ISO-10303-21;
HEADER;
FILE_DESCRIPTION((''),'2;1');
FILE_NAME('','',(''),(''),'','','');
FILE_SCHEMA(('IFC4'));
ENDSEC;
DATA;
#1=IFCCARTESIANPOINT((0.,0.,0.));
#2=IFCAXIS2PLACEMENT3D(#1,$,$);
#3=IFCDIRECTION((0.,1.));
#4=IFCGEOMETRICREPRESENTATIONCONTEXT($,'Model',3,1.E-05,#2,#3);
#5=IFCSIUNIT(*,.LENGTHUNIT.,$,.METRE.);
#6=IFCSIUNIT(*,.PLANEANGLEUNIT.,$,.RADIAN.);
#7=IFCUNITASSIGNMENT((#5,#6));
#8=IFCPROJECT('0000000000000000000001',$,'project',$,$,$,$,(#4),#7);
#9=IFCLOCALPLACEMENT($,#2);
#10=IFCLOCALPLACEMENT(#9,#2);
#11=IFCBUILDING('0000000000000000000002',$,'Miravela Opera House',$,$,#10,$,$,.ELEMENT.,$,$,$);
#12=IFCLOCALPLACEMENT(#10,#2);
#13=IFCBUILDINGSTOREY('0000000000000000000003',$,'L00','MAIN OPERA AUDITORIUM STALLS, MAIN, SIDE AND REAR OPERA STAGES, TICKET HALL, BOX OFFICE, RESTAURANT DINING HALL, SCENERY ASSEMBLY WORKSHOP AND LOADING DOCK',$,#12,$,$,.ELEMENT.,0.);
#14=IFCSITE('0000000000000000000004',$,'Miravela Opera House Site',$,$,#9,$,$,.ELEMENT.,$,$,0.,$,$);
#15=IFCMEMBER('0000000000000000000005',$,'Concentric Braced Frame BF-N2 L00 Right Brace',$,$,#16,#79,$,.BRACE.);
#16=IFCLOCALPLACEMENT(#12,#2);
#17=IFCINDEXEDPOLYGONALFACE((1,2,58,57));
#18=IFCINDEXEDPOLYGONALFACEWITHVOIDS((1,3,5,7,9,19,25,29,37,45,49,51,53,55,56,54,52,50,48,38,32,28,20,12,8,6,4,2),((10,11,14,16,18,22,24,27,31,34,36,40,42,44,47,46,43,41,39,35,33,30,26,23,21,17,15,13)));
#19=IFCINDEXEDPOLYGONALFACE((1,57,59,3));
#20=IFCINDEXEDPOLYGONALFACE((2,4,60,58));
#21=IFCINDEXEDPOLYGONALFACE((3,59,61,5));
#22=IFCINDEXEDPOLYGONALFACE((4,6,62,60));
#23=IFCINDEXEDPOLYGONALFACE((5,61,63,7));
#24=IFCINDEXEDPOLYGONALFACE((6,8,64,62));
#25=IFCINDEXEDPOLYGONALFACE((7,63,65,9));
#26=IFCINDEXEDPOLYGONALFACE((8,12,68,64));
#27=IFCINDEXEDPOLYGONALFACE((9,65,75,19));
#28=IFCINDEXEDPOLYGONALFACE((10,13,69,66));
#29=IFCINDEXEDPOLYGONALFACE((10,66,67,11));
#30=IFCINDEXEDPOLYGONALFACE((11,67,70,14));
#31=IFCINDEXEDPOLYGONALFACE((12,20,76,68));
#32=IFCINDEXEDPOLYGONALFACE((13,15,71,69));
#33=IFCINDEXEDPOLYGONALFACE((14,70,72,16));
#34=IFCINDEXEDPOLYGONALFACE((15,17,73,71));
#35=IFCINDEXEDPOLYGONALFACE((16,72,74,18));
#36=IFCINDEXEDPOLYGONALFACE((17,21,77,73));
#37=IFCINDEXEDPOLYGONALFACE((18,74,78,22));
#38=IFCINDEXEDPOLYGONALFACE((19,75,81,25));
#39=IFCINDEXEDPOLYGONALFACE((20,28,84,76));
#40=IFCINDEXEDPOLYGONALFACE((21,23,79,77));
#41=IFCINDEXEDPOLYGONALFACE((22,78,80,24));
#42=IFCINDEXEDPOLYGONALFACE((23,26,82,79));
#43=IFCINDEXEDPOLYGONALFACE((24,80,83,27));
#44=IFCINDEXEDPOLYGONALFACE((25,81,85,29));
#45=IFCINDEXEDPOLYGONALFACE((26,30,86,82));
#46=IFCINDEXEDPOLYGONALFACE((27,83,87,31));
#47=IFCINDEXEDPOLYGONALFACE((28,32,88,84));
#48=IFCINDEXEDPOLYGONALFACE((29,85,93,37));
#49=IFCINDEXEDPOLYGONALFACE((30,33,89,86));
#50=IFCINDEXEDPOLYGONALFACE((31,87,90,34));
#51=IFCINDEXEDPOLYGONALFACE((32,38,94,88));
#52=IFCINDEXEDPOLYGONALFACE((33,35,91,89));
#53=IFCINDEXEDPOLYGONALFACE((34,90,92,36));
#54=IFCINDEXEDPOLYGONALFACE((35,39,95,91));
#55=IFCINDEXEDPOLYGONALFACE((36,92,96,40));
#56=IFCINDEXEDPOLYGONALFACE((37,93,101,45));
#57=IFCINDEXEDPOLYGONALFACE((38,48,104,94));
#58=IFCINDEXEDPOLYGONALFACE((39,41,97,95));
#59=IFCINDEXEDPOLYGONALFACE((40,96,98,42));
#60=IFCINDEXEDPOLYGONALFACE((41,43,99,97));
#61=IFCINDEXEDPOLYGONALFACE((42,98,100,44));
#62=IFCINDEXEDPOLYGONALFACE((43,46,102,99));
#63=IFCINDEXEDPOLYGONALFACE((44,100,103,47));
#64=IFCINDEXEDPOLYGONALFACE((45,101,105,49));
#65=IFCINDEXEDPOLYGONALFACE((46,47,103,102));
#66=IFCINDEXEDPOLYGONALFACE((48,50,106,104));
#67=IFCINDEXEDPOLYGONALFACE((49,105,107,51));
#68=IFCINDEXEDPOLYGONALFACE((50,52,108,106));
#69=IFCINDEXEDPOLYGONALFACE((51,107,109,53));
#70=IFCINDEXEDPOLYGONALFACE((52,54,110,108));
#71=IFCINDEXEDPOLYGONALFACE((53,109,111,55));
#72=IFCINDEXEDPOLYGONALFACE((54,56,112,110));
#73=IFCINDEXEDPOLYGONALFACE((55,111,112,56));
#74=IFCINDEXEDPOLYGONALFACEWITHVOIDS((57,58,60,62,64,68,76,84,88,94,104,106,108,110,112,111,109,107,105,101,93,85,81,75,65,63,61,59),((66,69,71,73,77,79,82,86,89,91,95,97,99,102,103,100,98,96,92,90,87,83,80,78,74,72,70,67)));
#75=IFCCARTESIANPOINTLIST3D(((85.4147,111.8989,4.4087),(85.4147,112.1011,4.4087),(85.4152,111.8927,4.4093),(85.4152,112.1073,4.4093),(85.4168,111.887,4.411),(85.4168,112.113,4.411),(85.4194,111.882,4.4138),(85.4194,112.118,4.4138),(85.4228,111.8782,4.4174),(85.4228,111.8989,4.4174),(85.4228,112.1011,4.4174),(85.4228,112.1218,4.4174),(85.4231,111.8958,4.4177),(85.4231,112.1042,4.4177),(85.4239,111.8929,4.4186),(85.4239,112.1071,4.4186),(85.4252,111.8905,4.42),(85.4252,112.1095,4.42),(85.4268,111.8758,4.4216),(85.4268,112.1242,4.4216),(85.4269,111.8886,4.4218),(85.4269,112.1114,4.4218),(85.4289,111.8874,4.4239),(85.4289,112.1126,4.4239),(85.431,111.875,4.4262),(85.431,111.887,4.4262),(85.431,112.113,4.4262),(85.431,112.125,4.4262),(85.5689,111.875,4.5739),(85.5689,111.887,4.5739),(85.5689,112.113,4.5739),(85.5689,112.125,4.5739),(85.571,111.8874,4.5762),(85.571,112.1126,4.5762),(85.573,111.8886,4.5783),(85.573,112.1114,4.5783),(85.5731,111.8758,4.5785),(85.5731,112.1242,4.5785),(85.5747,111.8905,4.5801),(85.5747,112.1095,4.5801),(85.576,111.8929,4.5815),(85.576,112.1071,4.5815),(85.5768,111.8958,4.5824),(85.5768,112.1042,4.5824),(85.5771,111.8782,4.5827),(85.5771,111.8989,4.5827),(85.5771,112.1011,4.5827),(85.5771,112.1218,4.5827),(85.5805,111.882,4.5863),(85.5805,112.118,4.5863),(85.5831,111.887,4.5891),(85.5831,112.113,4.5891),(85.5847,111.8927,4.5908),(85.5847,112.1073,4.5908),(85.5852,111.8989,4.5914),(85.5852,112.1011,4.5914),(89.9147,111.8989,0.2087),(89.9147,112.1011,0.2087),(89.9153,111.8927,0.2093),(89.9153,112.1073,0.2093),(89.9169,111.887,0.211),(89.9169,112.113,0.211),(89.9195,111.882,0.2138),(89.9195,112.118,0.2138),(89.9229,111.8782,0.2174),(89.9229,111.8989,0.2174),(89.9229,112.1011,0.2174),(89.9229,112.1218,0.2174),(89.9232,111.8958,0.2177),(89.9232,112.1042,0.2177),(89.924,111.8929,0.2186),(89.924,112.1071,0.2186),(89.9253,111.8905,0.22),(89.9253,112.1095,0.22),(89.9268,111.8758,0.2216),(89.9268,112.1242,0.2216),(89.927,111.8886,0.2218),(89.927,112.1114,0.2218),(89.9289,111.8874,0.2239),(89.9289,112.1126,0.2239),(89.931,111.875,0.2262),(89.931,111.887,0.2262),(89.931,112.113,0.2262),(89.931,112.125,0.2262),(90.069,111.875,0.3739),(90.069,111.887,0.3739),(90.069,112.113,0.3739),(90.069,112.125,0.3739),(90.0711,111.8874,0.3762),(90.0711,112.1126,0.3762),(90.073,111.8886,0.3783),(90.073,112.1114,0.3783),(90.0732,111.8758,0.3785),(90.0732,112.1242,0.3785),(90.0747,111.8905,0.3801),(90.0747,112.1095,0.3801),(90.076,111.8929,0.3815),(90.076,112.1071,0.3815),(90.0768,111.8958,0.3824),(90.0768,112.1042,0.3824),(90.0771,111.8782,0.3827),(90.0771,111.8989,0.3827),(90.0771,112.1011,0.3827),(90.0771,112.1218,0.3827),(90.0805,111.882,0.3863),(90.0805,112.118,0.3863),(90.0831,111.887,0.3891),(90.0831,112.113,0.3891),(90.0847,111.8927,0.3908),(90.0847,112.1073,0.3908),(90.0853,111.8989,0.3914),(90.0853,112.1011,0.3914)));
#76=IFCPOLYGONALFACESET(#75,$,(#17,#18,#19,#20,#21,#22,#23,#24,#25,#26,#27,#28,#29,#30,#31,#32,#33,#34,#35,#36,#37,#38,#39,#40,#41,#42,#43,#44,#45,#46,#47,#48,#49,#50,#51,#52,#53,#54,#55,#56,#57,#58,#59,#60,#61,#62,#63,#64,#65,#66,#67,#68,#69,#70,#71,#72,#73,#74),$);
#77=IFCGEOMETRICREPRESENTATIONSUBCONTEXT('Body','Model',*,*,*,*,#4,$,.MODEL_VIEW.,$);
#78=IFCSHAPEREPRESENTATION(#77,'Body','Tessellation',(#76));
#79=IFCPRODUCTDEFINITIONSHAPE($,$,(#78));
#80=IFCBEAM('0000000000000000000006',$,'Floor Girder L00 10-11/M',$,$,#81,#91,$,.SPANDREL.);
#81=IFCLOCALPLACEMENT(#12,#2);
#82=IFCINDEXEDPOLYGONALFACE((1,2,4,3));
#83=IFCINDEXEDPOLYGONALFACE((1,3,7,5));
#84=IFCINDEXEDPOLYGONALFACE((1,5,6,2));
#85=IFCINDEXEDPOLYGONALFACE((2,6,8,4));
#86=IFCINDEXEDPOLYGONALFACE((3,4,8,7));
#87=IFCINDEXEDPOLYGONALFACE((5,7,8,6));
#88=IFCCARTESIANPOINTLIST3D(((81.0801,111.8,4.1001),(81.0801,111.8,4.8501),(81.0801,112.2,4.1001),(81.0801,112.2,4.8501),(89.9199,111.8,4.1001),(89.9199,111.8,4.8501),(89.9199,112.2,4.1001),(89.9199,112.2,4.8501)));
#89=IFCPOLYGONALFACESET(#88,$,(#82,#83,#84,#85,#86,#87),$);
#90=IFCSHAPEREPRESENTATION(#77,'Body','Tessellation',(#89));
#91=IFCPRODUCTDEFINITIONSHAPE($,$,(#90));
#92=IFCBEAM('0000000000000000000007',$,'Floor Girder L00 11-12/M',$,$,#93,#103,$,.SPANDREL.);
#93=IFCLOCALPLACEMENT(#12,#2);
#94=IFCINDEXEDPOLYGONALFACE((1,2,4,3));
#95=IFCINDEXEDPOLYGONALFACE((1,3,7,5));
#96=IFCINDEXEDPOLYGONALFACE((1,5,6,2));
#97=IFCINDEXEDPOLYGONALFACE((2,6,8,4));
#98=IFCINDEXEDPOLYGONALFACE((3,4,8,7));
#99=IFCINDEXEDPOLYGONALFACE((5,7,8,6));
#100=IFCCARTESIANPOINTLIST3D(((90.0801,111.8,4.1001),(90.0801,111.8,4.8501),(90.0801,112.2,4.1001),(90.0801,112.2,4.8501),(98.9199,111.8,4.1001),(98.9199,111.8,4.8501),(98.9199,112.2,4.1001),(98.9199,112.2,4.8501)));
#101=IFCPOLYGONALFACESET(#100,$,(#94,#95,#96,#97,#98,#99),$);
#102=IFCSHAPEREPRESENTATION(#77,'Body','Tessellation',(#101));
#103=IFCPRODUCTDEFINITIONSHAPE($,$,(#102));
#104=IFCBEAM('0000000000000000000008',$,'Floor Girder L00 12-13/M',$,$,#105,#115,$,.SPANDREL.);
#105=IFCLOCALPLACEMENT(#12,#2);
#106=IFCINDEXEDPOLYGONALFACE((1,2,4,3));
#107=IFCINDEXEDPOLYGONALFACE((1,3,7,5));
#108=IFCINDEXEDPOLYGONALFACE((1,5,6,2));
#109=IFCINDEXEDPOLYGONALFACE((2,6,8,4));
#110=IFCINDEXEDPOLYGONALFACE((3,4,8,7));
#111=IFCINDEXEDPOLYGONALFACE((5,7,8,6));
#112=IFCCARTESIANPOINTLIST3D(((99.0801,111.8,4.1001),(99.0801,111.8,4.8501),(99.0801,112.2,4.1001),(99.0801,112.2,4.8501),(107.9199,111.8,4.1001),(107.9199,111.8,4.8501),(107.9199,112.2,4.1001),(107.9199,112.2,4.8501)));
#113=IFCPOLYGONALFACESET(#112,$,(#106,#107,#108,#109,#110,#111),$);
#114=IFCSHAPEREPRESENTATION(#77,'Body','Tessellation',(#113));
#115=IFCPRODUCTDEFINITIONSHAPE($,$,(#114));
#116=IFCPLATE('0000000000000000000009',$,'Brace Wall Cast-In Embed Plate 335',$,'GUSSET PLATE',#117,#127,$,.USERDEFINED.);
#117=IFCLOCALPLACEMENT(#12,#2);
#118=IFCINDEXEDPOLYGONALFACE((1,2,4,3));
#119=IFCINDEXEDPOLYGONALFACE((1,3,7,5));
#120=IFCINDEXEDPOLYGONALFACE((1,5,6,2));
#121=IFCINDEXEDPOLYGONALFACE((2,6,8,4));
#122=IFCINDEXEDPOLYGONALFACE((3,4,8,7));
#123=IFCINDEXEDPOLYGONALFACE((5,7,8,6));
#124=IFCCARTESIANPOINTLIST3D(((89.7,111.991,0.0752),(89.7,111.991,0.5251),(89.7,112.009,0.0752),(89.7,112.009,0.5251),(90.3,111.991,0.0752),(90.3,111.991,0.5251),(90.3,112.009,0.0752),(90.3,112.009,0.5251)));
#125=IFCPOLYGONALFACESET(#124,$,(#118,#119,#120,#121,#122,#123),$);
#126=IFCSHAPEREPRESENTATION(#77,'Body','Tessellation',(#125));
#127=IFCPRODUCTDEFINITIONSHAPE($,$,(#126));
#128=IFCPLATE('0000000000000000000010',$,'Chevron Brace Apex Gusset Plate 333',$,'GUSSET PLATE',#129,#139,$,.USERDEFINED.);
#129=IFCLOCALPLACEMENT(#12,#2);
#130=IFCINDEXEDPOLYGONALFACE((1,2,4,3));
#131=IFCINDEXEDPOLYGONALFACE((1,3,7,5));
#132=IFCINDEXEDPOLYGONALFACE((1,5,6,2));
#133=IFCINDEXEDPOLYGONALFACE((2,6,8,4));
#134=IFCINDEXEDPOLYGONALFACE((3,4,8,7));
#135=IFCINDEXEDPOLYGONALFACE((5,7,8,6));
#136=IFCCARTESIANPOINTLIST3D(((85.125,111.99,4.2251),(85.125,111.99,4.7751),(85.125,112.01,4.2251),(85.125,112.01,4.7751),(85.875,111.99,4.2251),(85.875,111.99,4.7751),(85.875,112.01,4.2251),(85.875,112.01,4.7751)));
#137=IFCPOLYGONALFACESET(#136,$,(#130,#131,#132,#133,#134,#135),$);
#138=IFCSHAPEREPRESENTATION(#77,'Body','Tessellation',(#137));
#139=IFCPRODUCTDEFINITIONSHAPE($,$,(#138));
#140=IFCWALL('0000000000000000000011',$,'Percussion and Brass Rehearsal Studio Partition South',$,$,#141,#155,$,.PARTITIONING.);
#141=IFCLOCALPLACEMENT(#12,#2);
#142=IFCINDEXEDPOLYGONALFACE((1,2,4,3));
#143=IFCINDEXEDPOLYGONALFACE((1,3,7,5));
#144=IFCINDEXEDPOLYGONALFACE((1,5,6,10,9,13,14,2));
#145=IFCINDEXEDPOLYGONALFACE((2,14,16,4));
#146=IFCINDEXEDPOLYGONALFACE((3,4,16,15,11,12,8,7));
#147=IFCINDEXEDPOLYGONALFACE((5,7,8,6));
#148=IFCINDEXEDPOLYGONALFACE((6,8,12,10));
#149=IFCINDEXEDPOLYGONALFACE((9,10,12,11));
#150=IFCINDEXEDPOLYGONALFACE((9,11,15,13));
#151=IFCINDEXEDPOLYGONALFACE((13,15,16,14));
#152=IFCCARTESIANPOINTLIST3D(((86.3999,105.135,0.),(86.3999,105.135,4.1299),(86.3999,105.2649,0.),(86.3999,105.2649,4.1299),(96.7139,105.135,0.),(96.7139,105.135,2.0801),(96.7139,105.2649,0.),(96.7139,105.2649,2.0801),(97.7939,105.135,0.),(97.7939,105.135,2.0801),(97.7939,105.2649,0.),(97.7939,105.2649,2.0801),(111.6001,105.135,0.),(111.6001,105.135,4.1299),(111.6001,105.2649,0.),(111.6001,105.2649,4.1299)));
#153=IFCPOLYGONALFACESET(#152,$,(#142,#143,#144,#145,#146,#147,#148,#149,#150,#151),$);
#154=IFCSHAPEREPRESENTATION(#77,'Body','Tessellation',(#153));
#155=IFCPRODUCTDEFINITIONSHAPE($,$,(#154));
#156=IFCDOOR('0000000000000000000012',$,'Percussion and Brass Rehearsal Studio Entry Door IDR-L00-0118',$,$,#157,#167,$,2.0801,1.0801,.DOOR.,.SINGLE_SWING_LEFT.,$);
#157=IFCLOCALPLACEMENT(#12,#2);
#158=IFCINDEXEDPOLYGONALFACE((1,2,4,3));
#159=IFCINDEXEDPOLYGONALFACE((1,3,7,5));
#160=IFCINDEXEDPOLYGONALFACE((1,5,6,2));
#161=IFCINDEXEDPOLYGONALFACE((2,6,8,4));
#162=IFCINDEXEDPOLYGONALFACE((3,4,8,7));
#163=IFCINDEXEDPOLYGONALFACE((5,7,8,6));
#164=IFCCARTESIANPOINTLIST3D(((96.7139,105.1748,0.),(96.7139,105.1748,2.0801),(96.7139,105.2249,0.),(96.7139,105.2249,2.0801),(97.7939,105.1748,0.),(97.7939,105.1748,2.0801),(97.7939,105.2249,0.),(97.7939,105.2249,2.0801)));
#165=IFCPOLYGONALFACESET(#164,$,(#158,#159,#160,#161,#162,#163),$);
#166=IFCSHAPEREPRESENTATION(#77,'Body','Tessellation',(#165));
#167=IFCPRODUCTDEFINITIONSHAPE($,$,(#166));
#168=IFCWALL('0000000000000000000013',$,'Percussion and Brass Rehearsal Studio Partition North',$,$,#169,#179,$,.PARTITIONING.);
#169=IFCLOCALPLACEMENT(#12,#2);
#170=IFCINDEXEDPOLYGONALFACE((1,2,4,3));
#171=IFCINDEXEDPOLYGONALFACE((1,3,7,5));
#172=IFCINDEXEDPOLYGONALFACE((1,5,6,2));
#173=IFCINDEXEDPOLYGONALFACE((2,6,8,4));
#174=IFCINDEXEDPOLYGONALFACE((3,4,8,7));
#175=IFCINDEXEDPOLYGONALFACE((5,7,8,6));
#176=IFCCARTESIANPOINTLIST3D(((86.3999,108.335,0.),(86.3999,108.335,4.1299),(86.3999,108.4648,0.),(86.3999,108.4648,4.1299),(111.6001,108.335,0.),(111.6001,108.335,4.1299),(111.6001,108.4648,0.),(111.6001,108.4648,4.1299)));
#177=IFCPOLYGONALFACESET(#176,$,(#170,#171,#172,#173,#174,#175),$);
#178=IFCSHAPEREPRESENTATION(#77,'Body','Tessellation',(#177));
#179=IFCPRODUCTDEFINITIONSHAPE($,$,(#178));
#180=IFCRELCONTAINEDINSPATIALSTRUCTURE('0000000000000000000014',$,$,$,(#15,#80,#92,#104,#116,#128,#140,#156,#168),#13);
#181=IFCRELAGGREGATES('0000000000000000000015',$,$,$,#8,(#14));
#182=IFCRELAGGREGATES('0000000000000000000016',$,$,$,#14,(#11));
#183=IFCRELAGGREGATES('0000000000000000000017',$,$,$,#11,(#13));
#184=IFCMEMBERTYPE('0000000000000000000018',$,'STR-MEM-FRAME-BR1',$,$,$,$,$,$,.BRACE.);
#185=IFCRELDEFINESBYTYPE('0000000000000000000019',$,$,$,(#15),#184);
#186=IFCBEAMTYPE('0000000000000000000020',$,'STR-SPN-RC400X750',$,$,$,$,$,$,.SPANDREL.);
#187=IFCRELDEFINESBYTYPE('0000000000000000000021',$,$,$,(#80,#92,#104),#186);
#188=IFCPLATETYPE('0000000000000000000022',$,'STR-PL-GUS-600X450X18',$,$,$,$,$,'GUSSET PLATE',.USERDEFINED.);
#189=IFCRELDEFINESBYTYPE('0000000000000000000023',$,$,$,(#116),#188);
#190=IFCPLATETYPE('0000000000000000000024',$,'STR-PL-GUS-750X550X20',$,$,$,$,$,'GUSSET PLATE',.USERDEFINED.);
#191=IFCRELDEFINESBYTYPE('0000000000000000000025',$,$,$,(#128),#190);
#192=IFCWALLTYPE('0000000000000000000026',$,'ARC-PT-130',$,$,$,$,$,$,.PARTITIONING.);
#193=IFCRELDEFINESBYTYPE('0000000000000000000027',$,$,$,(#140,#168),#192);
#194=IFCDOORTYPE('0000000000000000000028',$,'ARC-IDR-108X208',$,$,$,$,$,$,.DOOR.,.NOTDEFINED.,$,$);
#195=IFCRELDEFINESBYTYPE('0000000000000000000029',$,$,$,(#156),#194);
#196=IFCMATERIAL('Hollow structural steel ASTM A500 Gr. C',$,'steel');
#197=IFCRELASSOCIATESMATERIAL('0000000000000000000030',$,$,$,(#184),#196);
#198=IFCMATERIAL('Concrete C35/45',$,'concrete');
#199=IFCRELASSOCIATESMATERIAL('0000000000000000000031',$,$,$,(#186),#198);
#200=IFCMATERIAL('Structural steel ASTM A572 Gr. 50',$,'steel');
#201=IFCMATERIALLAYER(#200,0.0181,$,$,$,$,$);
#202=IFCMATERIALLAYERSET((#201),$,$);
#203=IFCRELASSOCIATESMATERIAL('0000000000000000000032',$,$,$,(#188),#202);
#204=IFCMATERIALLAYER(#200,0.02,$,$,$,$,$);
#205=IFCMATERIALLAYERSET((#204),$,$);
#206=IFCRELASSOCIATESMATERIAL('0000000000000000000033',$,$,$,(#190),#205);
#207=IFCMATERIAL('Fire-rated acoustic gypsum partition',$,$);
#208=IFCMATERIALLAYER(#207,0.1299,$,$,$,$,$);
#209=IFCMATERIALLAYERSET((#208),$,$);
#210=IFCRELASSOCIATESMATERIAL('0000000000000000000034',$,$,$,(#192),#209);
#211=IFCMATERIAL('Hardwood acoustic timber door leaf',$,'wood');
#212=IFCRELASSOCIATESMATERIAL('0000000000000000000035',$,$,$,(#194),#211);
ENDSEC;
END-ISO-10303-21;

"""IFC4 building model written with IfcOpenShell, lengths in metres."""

from ifc_helpers import new_model, si_unit, direction, frame, frame_2d, origin, origin_2d, place, context, subcontext, project, spatial, rectangle, hollow_rectangle, extrude, material, layer, layer_set, material_profile, profile_set, type_object, element, fill, save


model = new_model("IFC4")

# Units and contexts
model_context = context("Model", 3, precision=1e-05, world=origin(), true_north=direction((0.0, 1.0)))
body_context = subcontext(model_context, "Body", "Model", "MODEL_VIEW")
ifc_project = project(units=[si_unit("LENGTHUNIT", "METRE"), si_unit("PLANEANGLEUNIT", "RADIAN")], contexts=[model_context])

# Site, building, storey
site_placement = place(None, origin())
site = spatial("IfcSite", under=ifc_project, at=site_placement, Name="Miravela Opera House Site", CompositionType="ELEMENT", RefElevation=0.0)
building_placement = place(site_placement, origin())
building = spatial("IfcBuilding", under=site, at=building_placement, Name="Miravela Opera House", CompositionType="ELEMENT")
storey_placement = place(building_placement, origin())
storey = spatial("IfcBuildingStorey", under=building, at=storey_placement, Name="L00", Description="MAIN OPERA AUDITORIUM STALLS, MAIN, SIDE AND REAR OPERA STAGES, TICKET HALL, BOX OFFICE, RESTAURANT DINING HALL, SCENERY ASSEMBLY WORKSHOP AND LOADING DOCK", CompositionType="ELEMENT", Elevation=0.0)

# Shared definitions
ifc_material_1 = material(Name="Hollow structural steel ASTM A500 Gr. C", Category="steel")

# Member
ifc_material_profile_1 = material_profile(ifc_material_1, hollow_rectangle(XDim=0.25, YDim=0.25, WallThickness=0.012, InnerFilletRadius=0.012, OuterFilletRadius=0.0239, at=origin_2d()), Name="HSS250X250X12")
ifc_profile_set_1 = profile_set([ifc_material_profile_1])
member_type = type_object("IfcMemberType", Name="STR-MEM-FRAME-BR1", PredefinedType="BRACE", material=ifc_profile_set_1)
member_placement = place(storey_placement, frame((90.0, 112.0, 0.3), z_axis=(-0.731059, 0.0, 0.682314), x_axis=(0.0, -1.0, 0.0)))
element("IfcMember", 1, at=member_placement, inside=storey, type_object=member_type, Name="Concentric Braced Frame BF-N2 L00 Right Brace", PredefinedType="BRACE", context=body_context, shape_type="SweptSolid", body=[
    extrude(hollow_rectangle(XDim=0.25, YDim=0.25, WallThickness=0.012, InnerFilletRadius=0.012, OuterFilletRadius=0.0239, at=origin_2d()), origin(), (0.0, 0.0, 1.0), 6.1555),
])

# Beams
ifc_material_2 = material(Name="Concrete C35/45", Category="concrete")
ifc_material_profile_2 = material_profile(ifc_material_2, rectangle(XDim=0.3999, YDim=0.75, at=origin_2d()), Name="RC-SPN-400X750")
ifc_profile_set_2 = profile_set([ifc_material_profile_2])
beam_type_1 = type_object("IfcBeamType", Name="STR-SPN-RC400X750", PredefinedType="SPANDREL", material=ifc_profile_set_2)
for number, where, z_axis, x_axis, name in (
    (2, (81.0801, 112.0, 4.4751), (1.0, 0.0, 0.0), (0.0, 1.0, 0.0), "Floor Girder L00 10-11/M"),
    (3, (90.0801, 112.0, 4.4751), (1.0, 0.0, 0.0), (0.0, 1.0, 0.0), "Floor Girder L00 11-12/M"),
    (4, (99.0801, 112.0, 4.4751), (1.0, 0.0, 0.0), (0.0, 1.0, 0.0), "Floor Girder L00 12-13/M"),
):
    element("IfcBeam", number, at=place(storey_placement, frame(where, z_axis=z_axis, x_axis=x_axis)), inside=storey, type_object=beam_type_1, Name=name, PredefinedType="SPANDREL", context=body_context, shape_type="SweptSolid", body=[
        extrude(rectangle(XDim=0.3999, YDim=0.75, at=origin_2d()), origin(), (0.0, 0.0, 1.0), 8.8398),
    ])

# Plates
ifc_material_3 = material(Name="Structural steel ASTM A572 Gr. 50", Category="steel")
ifc_layer_1 = layer(ifc_material_3, 0.0181)
ifc_layer_set_1 = layer_set([ifc_layer_1])
plate_type_1 = type_object("IfcPlateType", Name="STR-PL-GUS-600X450X18", ElementType="GUSSET PLATE", PredefinedType="USERDEFINED", material=ifc_layer_set_1)
plate_1_placement = place(storey_placement, frame((90.0, 112.0, 0.0752), z_axis=(0.0, 0.0, 1.0), x_axis=(1.0, 0.0, 0.0)))
element("IfcPlate", 5, at=plate_1_placement, inside=storey, type_object=plate_type_1, Name="Brace Wall Cast-In Embed Plate 335", ObjectType="GUSSET PLATE", PredefinedType="USERDEFINED", context=body_context, shape_type="SweptSolid", body=[
    extrude(rectangle(XDim=0.6001, YDim=0.0181, at=origin_2d()), origin(), (0.0, 0.0, 1.0), 0.45),
])
ifc_layer_2 = layer(ifc_material_3, 0.02)
ifc_layer_set_2 = layer_set([ifc_layer_2])
plate_type_2 = type_object("IfcPlateType", Name="STR-PL-GUS-750X550X20", ElementType="GUSSET PLATE", PredefinedType="USERDEFINED", material=ifc_layer_set_2)
plate_2_placement = place(storey_placement, frame((85.5, 112.0, 4.2251), z_axis=(0.0, 0.0, 1.0), x_axis=(1.0, 0.0, 0.0)))
element("IfcPlate", 6, at=plate_2_placement, inside=storey, type_object=plate_type_2, Name="Chevron Brace Apex Gusset Plate 333", ObjectType="GUSSET PLATE", PredefinedType="USERDEFINED", context=body_context, shape_type="SweptSolid", body=[
    extrude(rectangle(XDim=0.75, YDim=0.02, at=origin_2d()), origin(), (0.0, 0.0, 1.0), 0.55),
])

# Wall, opening, door
ifc_material_4 = material(Name="Fire-rated acoustic gypsum partition")
ifc_layer_3 = layer(ifc_material_4, 0.1299)
ifc_layer_set_3 = layer_set([ifc_layer_3])
wall_type_1 = type_object("IfcWallType", Name="ARC-PT-130", PredefinedType="PARTITIONING", material=ifc_layer_set_3)
wall_1_placement = place(storey_placement, frame((86.3999, 105.2, 0.0), z_axis=(0.0, 0.0, 1.0), x_axis=(1.0, 0.0, 0.0)))
wall_1 = element("IfcWall", 7, at=wall_1_placement, inside=storey, type_object=wall_type_1, Name="Percussion and Brass Rehearsal Studio Partition South", PredefinedType="PARTITIONING", context=body_context, shape_type="SweptSolid", body=[
    extrude(rectangle(XDim=25.2002, YDim=0.1299, at=frame_2d((12.6001, 0.0))), origin(), (0.0, 0.0, 1.0), 4.1299),
])
opening_placement = place(wall_1_placement, frame((10.314, 0.0, 0.0)))
opening = element("IfcOpeningElement", 8, at=opening_placement, cuts=wall_1, PredefinedType="OPENING", context=body_context, shape_type="SweptSolid", body=[
    extrude(rectangle(XDim=1.0801, YDim=2.0801, at=frame_2d((0.54, 1.04))), frame((0.0, 0.075, 0.0), z_axis=(0.0, -1.0, 0.0), x_axis=(1.0, 0.0, 0.0)), (0.0, 0.0, 1.0), 0.1499),
])
ifc_material_5 = material(Name="Hardwood acoustic timber door leaf", Category="wood")
door_type = type_object("IfcDoorType", Name="ARC-IDR-108X208", OperationType="NOTDEFINED", PredefinedType="DOOR", material=ifc_material_5)
door_placement = place(opening_placement, origin())
door = element("IfcDoor", 9, at=door_placement, inside=storey, type_object=door_type, Name="Percussion and Brass Rehearsal Studio Entry Door IDR-L00-0118", OperationType="SINGLE_SWING_LEFT", OverallHeight=2.0801, OverallWidth=1.0801, PredefinedType="DOOR", context=body_context, shape_type="SweptSolid", body=[
    extrude(rectangle(XDim=1.0801, YDim=2.0801, at=frame_2d((0.54, 1.04))), frame((0.0, 0.0249, 0.0), z_axis=(0.0, -1.0, 0.0), x_axis=(1.0, 0.0, 0.0)), (0.0, 0.0, 1.0), 0.05),
])
fill(opening, door)

# Wall
wall_2_placement = place(storey_placement, frame((86.3999, 108.3999, 0.0), z_axis=(0.0, 0.0, 1.0), x_axis=(1.0, 0.0, 0.0)))
element("IfcWall", 10, at=wall_2_placement, inside=storey, type_object=wall_type_1, Name="Percussion and Brass Rehearsal Studio Partition North", PredefinedType="PARTITIONING", context=body_context, shape_type="SweptSolid", body=[
    extrude(rectangle(XDim=25.2002, YDim=0.1299, at=frame_2d((12.6001, 0.0))), origin(), (0.0, 0.0, 1.0), 4.1299),
])

save(model, "model.ifc")
